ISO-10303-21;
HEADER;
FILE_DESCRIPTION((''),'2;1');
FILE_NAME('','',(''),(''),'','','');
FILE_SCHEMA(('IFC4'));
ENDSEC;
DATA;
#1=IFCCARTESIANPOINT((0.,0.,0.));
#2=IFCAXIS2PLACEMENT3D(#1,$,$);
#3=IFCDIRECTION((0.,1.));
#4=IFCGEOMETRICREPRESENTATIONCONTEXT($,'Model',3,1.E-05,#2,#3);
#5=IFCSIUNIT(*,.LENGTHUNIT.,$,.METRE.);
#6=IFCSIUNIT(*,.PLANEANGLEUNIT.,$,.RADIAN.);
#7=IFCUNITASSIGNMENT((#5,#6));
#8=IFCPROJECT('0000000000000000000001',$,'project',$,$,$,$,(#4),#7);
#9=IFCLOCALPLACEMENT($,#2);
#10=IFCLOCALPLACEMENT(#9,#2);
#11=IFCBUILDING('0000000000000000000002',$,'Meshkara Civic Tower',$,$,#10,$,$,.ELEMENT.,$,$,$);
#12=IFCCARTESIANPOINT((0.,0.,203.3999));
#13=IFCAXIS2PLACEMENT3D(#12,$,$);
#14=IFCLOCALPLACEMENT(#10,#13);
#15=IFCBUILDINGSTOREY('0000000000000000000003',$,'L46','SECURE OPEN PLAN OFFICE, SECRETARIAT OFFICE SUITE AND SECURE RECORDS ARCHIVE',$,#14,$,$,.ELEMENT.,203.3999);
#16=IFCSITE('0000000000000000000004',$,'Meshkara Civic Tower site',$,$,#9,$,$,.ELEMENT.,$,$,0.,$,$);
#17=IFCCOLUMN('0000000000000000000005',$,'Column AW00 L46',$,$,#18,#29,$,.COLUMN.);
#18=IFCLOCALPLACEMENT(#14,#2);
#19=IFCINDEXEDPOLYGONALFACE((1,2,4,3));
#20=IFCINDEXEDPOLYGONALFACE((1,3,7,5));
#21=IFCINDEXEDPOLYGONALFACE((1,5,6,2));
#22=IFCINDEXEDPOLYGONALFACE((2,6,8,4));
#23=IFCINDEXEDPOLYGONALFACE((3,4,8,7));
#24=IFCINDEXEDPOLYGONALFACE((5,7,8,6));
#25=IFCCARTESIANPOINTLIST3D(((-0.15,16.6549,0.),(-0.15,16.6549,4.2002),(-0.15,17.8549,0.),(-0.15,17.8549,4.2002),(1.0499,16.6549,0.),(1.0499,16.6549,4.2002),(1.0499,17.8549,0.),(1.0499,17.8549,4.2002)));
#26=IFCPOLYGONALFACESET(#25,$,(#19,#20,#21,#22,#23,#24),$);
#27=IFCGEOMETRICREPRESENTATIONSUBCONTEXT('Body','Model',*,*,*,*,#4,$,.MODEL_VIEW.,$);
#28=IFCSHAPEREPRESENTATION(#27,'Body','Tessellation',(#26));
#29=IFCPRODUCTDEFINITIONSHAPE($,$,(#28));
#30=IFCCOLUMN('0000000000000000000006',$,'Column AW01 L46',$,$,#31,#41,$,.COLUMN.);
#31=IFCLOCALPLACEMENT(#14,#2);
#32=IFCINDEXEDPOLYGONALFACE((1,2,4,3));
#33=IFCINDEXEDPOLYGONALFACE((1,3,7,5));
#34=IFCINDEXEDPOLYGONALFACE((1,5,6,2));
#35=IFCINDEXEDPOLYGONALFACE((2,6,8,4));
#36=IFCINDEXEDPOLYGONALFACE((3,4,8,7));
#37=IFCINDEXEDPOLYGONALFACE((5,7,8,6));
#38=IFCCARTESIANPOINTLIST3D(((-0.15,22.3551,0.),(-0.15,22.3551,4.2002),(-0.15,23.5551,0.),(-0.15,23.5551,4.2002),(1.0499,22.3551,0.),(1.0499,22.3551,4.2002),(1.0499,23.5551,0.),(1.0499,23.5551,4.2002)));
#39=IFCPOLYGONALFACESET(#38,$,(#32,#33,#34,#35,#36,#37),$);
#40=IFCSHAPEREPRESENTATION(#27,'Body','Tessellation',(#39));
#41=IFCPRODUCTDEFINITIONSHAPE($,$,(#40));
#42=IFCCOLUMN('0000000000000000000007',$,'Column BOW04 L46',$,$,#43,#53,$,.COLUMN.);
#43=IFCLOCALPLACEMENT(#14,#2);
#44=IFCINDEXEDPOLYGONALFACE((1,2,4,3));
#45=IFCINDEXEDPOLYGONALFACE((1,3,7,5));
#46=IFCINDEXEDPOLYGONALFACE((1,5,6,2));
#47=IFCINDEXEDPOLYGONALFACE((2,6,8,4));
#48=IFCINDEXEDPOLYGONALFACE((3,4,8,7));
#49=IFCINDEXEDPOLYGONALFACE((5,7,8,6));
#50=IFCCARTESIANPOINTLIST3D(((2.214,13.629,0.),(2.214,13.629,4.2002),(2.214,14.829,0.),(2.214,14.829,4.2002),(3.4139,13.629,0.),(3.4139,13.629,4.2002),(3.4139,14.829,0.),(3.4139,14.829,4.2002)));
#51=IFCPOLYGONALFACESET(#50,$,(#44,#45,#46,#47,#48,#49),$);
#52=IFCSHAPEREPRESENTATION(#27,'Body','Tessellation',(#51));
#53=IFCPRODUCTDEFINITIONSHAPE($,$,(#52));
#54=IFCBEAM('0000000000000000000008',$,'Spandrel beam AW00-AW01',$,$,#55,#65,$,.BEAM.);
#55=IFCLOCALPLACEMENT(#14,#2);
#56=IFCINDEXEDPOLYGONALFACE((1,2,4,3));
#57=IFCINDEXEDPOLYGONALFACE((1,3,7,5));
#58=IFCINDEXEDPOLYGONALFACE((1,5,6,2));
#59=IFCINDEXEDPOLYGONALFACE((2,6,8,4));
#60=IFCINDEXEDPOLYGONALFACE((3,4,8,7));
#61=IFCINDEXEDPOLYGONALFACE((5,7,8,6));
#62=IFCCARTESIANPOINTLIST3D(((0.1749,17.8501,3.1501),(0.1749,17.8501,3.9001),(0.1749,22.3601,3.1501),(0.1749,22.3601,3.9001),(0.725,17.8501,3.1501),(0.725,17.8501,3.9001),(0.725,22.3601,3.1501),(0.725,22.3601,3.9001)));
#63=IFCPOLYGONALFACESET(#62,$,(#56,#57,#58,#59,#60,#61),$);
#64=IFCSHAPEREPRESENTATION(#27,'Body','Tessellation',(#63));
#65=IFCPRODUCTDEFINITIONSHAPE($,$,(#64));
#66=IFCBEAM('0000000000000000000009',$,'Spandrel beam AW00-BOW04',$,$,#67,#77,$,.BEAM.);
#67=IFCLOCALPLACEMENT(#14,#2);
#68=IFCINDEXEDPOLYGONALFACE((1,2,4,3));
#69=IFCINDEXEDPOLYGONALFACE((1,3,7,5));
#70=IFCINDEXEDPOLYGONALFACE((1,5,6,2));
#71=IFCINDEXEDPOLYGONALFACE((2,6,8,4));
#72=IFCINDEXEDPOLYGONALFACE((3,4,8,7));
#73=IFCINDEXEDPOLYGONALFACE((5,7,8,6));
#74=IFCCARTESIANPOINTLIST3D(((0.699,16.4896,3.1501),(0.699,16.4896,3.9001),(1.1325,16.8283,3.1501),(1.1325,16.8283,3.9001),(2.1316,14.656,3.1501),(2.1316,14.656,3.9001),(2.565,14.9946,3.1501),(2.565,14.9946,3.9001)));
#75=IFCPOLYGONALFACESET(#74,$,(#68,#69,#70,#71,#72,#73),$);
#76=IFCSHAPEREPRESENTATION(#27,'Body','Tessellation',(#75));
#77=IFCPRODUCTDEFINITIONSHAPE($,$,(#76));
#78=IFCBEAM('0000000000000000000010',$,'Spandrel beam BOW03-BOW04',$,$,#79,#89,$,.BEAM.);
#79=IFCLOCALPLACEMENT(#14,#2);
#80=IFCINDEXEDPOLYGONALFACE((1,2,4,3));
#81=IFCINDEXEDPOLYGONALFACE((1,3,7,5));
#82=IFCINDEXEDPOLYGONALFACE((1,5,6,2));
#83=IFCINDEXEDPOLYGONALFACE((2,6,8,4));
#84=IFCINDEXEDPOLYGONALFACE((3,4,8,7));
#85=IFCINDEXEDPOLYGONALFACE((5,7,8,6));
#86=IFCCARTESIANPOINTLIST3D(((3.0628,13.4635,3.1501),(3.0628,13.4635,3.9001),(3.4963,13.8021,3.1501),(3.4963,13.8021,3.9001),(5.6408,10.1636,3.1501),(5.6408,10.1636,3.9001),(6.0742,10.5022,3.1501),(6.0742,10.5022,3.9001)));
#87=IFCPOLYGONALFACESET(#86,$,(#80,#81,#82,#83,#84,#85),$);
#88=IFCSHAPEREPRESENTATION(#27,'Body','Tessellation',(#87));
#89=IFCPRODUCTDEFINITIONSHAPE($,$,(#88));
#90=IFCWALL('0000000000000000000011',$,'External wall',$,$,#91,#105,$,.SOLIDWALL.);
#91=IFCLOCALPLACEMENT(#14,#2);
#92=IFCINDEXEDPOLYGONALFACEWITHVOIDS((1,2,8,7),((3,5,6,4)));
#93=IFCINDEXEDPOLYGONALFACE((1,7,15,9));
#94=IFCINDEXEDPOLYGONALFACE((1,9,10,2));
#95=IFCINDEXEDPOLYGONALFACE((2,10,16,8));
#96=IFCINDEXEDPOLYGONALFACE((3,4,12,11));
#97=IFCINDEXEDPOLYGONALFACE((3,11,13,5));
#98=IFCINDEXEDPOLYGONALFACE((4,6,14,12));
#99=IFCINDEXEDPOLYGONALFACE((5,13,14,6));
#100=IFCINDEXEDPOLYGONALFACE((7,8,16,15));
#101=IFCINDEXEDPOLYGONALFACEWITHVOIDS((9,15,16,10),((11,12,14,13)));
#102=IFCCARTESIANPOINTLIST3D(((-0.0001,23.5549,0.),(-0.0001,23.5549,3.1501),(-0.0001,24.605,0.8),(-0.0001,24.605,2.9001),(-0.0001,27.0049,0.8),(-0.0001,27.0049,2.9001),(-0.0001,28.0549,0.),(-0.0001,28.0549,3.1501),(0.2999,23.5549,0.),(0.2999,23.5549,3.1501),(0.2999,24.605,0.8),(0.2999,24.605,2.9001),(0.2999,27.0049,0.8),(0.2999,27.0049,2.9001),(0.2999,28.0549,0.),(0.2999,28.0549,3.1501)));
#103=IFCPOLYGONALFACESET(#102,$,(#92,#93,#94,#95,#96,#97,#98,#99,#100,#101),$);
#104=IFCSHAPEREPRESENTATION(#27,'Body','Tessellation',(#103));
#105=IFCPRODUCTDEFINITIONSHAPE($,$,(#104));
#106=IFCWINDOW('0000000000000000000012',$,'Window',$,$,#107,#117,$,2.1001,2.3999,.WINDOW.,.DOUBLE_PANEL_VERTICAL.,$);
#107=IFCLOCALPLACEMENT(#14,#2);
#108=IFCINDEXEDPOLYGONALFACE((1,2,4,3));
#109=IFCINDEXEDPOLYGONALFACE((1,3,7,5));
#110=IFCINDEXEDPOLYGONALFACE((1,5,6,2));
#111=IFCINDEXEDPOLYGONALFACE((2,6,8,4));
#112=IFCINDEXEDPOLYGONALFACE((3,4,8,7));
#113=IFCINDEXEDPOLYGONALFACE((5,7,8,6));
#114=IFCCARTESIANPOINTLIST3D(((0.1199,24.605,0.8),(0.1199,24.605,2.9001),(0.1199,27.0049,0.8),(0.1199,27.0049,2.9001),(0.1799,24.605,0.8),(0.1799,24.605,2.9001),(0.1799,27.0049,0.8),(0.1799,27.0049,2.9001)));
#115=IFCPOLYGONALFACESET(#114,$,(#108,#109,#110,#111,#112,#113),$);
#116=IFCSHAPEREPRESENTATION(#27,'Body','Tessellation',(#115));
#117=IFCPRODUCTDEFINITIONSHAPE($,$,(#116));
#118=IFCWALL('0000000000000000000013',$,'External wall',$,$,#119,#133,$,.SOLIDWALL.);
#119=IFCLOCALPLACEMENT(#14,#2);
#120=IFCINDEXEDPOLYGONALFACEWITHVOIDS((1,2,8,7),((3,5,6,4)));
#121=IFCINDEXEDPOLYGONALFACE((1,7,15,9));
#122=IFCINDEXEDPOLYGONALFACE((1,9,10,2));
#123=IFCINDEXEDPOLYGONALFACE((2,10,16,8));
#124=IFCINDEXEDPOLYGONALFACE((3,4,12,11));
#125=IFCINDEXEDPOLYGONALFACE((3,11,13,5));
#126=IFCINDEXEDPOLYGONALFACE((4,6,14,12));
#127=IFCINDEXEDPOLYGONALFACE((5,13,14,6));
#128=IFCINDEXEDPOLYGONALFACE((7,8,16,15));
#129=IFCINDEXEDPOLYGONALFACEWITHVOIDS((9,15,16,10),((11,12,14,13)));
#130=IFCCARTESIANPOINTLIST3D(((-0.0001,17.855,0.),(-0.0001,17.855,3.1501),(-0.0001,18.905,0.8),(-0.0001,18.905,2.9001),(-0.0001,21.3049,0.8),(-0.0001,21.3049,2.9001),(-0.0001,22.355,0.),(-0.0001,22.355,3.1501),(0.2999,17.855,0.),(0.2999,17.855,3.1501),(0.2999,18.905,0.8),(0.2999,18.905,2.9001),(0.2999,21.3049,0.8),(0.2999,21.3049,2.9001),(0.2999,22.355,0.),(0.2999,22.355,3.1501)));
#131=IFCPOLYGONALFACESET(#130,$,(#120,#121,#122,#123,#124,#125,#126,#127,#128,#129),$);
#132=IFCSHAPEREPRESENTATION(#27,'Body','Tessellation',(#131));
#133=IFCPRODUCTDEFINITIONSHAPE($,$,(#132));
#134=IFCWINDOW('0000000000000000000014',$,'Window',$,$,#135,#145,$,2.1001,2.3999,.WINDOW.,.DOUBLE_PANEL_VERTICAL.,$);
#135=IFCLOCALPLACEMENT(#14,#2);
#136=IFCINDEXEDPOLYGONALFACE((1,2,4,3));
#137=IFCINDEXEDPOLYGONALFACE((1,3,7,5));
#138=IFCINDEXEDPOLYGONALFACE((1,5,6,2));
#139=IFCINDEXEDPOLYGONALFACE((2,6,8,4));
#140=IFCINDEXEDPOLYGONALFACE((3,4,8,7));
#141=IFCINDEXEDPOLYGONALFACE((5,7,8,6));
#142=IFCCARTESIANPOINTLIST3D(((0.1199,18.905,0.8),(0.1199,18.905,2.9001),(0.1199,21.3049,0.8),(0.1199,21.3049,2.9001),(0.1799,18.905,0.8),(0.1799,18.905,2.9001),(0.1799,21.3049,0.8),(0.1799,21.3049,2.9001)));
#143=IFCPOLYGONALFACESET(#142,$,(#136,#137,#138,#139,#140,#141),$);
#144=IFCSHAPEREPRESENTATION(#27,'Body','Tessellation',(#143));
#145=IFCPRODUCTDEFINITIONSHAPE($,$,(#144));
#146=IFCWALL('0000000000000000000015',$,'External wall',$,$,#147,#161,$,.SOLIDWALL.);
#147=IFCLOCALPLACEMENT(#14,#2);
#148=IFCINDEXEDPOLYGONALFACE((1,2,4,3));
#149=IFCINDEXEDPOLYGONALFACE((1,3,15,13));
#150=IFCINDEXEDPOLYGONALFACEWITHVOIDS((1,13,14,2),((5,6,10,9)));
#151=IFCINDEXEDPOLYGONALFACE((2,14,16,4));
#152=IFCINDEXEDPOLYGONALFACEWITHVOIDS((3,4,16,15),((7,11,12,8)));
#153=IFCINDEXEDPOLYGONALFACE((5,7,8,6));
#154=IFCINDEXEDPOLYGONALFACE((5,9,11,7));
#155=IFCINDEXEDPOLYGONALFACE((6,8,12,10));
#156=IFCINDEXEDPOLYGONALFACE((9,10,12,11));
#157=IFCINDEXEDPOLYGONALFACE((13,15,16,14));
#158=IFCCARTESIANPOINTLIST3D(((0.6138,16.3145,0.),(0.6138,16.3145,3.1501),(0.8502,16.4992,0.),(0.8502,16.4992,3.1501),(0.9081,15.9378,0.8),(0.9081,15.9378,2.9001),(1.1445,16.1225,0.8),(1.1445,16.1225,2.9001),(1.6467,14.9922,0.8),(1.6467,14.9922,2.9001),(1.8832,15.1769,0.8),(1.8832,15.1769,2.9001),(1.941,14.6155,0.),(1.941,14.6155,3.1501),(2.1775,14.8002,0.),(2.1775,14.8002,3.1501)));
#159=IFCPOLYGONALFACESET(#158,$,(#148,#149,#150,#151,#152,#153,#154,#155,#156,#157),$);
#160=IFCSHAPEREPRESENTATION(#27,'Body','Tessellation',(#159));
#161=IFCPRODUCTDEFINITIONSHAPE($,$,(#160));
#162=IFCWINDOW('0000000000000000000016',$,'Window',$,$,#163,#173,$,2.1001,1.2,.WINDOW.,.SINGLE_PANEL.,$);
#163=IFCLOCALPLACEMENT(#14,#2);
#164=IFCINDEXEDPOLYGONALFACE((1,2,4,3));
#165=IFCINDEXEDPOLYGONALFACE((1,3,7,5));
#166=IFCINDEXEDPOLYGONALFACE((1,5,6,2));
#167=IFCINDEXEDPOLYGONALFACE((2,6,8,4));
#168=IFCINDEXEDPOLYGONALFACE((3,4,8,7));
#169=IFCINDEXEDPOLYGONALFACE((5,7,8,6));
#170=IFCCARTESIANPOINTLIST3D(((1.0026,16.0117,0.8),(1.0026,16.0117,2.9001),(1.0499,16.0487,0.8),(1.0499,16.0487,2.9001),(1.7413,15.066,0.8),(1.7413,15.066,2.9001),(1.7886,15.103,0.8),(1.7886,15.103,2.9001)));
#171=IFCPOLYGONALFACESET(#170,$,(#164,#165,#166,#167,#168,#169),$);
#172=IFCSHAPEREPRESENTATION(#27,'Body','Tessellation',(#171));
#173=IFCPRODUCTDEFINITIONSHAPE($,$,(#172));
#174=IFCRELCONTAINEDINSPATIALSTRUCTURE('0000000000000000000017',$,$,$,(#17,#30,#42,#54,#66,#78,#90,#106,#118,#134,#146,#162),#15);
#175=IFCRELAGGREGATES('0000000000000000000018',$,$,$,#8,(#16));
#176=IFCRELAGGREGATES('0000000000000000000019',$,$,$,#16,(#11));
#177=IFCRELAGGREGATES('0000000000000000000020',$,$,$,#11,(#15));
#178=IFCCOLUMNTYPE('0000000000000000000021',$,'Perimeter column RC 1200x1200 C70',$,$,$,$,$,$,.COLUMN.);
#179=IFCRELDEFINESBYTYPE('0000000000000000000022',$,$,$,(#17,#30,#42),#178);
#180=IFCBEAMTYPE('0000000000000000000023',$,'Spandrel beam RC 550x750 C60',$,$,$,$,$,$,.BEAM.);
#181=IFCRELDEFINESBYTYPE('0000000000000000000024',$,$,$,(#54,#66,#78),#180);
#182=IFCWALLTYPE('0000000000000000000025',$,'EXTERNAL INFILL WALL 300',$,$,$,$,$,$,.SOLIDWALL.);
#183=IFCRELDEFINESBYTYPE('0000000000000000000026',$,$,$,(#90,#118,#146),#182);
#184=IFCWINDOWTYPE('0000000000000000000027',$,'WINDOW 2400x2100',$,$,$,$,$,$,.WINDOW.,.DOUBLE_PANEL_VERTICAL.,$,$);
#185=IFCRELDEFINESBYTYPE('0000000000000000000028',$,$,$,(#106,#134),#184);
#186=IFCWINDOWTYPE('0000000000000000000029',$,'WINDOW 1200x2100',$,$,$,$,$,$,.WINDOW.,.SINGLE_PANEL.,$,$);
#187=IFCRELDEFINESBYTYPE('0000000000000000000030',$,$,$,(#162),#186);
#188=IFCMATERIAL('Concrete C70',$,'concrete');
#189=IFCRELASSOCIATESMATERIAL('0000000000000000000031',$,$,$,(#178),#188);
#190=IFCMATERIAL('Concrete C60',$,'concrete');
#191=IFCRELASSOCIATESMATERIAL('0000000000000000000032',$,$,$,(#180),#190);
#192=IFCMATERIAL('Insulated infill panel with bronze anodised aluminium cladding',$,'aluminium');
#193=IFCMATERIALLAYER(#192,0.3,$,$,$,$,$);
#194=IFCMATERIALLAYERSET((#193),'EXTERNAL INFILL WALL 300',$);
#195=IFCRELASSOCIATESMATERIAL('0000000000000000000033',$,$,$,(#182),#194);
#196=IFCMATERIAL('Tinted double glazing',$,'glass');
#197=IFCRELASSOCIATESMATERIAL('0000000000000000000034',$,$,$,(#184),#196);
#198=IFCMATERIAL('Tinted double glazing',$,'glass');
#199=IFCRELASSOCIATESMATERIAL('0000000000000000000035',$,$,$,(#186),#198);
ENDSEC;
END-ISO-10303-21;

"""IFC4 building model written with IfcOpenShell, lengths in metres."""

from ifc_helpers import new_model, si_unit, direction, frame, frame_2d, origin, origin_2d, place, context, subcontext, project, spatial, rectangle, extrude, material, layer, layer_set, material_profile, profile_set, type_object, element, fill, save


model = new_model("IFC4")

# Units and contexts
model_context = context("Model", 3, precision=1e-05, world=origin(), true_north=direction((0.0, 1.0)))
body_context = subcontext(model_context, "Body", "Model", "MODEL_VIEW")
ifc_project = project(units=[si_unit("LENGTHUNIT", "METRE"), si_unit("PLANEANGLEUNIT", "RADIAN")], contexts=[model_context])

# Site, building, storey
site_placement = place(None, origin())
site = spatial("IfcSite", under=ifc_project, at=site_placement, Name="Meshkara Civic Tower site", CompositionType="ELEMENT", RefElevation=0.0)
building_placement = place(site_placement, origin())
building = spatial("IfcBuilding", under=site, at=building_placement, Name="Meshkara Civic Tower", CompositionType="ELEMENT")
storey_placement = place(building_placement, frame((0.0, 0.0, 203.3999)))
storey = spatial("IfcBuildingStorey", under=building, at=storey_placement, Name="L46", Description="SECURE OPEN PLAN OFFICE, SECRETARIAT OFFICE SUITE AND SECURE RECORDS ARCHIVE", CompositionType="ELEMENT", Elevation=203.3999)

# Columns
ifc_material_1 = material(Name="Concrete C70", Category="concrete")
ifc_material_profile_1 = material_profile(ifc_material_1, rectangle(XDim=1.2, YDim=1.2, at=origin_2d()))
ifc_profile_set_1 = profile_set([ifc_material_profile_1], Name="Concrete C70")
column_type = type_object("IfcColumnType", Name="Perimeter column RC 1200x1200 C70", PredefinedType="COLUMN", material=ifc_profile_set_1)
for number, where, z_axis, x_axis, name in (
    (1, (0.45, 17.2549, 0.0), (0.0, 0.0, 1.0), (1.0, 0.0, 0.0), "Column AW00 L46"),
    (2, (0.45, 22.9551, 0.0), (0.0, 0.0, 1.0), (1.0, 0.0, 0.0), "Column AW01 L46"),
    (3, (2.814, 14.229, 0.0), (0.0, 0.0, 1.0), (1.0, 0.0, 0.0), "Column BOW04 L46"),
):
    element("IfcColumn", number, at=place(storey_placement, frame(where, z_axis=z_axis, x_axis=x_axis)), inside=storey, type_object=column_type, Name=name, PredefinedType="COLUMN", context=body_context, shape_type="SweptSolid", body=[
        extrude(rectangle(XDim=1.2, YDim=1.2, at=origin_2d()), origin(), (0.0, 0.0, 1.0), 4.2002),
    ])

# Beams
ifc_material_2 = material(Name="Concrete C60", Category="concrete")
ifc_material_profile_2 = material_profile(ifc_material_2, rectangle(XDim=0.55, YDim=0.75, at=origin_2d()))
ifc_profile_set_2 = profile_set([ifc_material_profile_2], Name="Concrete C60")
beam_type = type_object("IfcBeamType", Name="Spandrel beam RC 550x750 C60", PredefinedType="BEAM", material=ifc_profile_set_2)
beam_1_placement = place(storey_placement, frame((0.45, 22.3601, 3.5251), z_axis=(0.0, -1.0, 0.0), x_axis=(1.0, 0.0, 0.0)))
element("IfcBeam", 4, at=beam_1_placement, inside=storey, type_object=beam_type, Name="Spandrel beam AW00-AW01", PredefinedType="BEAM", context=body_context, shape_type="SweptSolid", body=[
    extrude(rectangle(XDim=0.55, YDim=0.75, at=origin_2d()), origin(), (0.0, 0.0, 1.0), 4.51),
])
beam_2_placement = place(storey_placement, frame((0.9158, 16.6589, 3.5251), z_axis=(0.615646, -0.788023, 0.0), x_axis=(0.788023, 0.615646, 0.0)))
element("IfcBeam", 5, at=beam_2_placement, inside=storey, type_object=beam_type, Name="Spandrel beam AW00-BOW04", PredefinedType="BEAM", context=body_context, shape_type="SweptSolid", body=[
    extrude(rectangle(XDim=0.55, YDim=0.75, at=origin_2d()), origin(), (0.0, 0.0, 1.0), 2.3269),
])
beam_3_placement = place(storey_placement, frame((3.2795, 13.6328, 3.5251), z_axis=(0.61563, -0.788035, 0.0), x_axis=(0.788035, 0.61563, 0.0)))
element("IfcBeam", 6, at=beam_3_placement, inside=storey, type_object=beam_type, Name="Spandrel beam BOW03-BOW04", PredefinedType="BEAM", context=body_context, shape_type="SweptSolid", body=[
    extrude(rectangle(XDim=0.55, YDim=0.75, at=origin_2d()), origin(), (0.0, 0.0, 1.0), 4.1875),
])

# Walls, openings, windows
ifc_material_3 = material(Name="Insulated infill panel with bronze anodised aluminium cladding", Category="aluminium")
ifc_layer = layer(ifc_material_3, 0.3)
ifc_layer_set = layer_set([ifc_layer], Name="EXTERNAL INFILL WALL 300")
wall_type = type_object("IfcWallType", Name="EXTERNAL INFILL WALL 300", PredefinedType="SOLIDWALL", material=ifc_layer_set)
wall_1_placement = place(storey_placement, frame((0.1499, 28.0549, 0.0), z_axis=(0.0, 0.0, 1.0), x_axis=(0.0, -1.0, 0.0)))
wall_1 = element("IfcWall", 7, at=wall_1_placement, inside=storey, type_object=wall_type, Name="External wall", PredefinedType="SOLIDWALL", context=body_context, shape_type="SweptSolid", body=[
    extrude(rectangle(XDim=4.5, YDim=0.3, at=frame_2d((2.25, 0.0))), origin(), (0.0, 0.0, 1.0), 3.1501),
])
opening_1_placement = place(wall_1_placement, frame((1.05, 0.0, 0.8)))
opening_1 = element("IfcOpeningElement", 8, at=opening_1_placement, cuts=wall_1, PredefinedType="OPENING", context=body_context, shape_type="SweptSolid", body=[
    extrude(rectangle(XDim=2.3999, YDim=2.1001, at=frame_2d((1.2, 1.05))), frame((0.0, 0.1599, 0.0), z_axis=(0.0, -1.0, 0.0), x_axis=(1.0, 0.0, 0.0)), (0.0, 0.0, 1.0), 0.3201),
])
ifc_material_4 = material(Name="Tinted double glazing", Category="glass")
window_type_1 = type_object("IfcWindowType", Name="WINDOW 2400x2100", PartitioningType="DOUBLE_PANEL_VERTICAL", PredefinedType="WINDOW", material=ifc_material_4)
window_1_placement = place(opening_1_placement, origin())
window_1 = element("IfcWindow", 9, at=window_1_placement, inside=storey, type_object=window_type_1, Name="Window", OverallHeight=2.1001, OverallWidth=2.3999, PartitioningType="DOUBLE_PANEL_VERTICAL", PredefinedType="WINDOW", context=body_context, shape_type="SweptSolid", body=[
    extrude(rectangle(XDim=2.3999, YDim=2.1001, at=frame_2d((1.2, 1.05))), frame((0.0, 0.03, 0.0), z_axis=(0.0, -1.0, 0.0), x_axis=(1.0, 0.0, 0.0)), (0.0, 0.0, 1.0), 0.0601),
])
fill(opening_1, window_1)
wall_2_placement = place(storey_placement, frame((0.1499, 22.355, 0.0), z_axis=(0.0, 0.0, 1.0), x_axis=(0.0, -1.0, 0.0)))
wall_2 = element("IfcWall", 10, at=wall_2_placement, inside=storey, type_object=wall_type, Name="External wall", PredefinedType="SOLIDWALL", context=body_context, shape_type="SweptSolid", body=[
    extrude(rectangle(XDim=4.5, YDim=0.3, at=frame_2d((2.25, 0.0))), origin(), (0.0, 0.0, 1.0), 3.1501),
])
opening_2_placement = place(wall_2_placement, frame((1.05, 0.0, 0.8)))
opening_2 = element("IfcOpeningElement", 11, at=opening_2_placement, cuts=wall_2, PredefinedType="OPENING", context=body_context, shape_type="SweptSolid", body=[
    extrude(rectangle(XDim=2.3999, YDim=2.1001, at=frame_2d((1.2, 1.05))), frame((0.0, 0.1599, 0.0), z_axis=(0.0, -1.0, 0.0), x_axis=(1.0, 0.0, 0.0)), (0.0, 0.0, 1.0), 0.3201),
])
window_2_placement = place(opening_2_placement, origin())
window_2 = element("IfcWindow", 12, at=window_2_placement, inside=storey, type_object=window_type_1, Name="Window", OverallHeight=2.1001, OverallWidth=2.3999, PartitioningType="DOUBLE_PANEL_VERTICAL", PredefinedType="WINDOW", context=body_context, shape_type="SweptSolid", body=[
    extrude(rectangle(XDim=2.3999, YDim=2.1001, at=frame_2d((1.2, 1.05))), frame((0.0, 0.03, 0.0), z_axis=(0.0, -1.0, 0.0), x_axis=(1.0, 0.0, 0.0)), (0.0, 0.0, 1.0), 0.0601),
])
fill(opening_2, window_2)
wall_3_placement = place(storey_placement, frame((0.7319, 16.407, 0.0), z_axis=(0.0, 0.0, 1.0), x_axis=(0.615593, -0.788064, 0.0)))
wall_3 = element("IfcWall", 13, at=wall_3_placement, inside=storey, type_object=wall_type, Name="External wall", PredefinedType="SOLIDWALL", context=body_context, shape_type="SweptSolid", body=[
    extrude(rectangle(XDim=2.156, YDim=0.3, at=frame_2d((1.0781, 0.0))), origin(), (0.0, 0.0, 1.0), 3.1501),
])
opening_3_placement = place(wall_3_placement, frame((0.478, 0.0, 0.8)))
opening_3 = element("IfcOpeningElement", 14, at=opening_3_placement, cuts=wall_3, PredefinedType="OPENING", context=body_context, shape_type="SweptSolid", body=[
    extrude(rectangle(XDim=1.2, YDim=2.1001, at=frame_2d((0.6001, 1.05))), frame((0.0, 0.1599, 0.0), z_axis=(0.0, -1.0, 0.0), x_axis=(1.0, 0.0, 0.0)), (0.0, 0.0, 1.0), 0.3201),
])
ifc_material_5 = material(Name="Tinted double glazing", Category="glass")
window_type_2 = type_object("IfcWindowType", Name="WINDOW 1200x2100", PartitioningType="SINGLE_PANEL", PredefinedType="WINDOW", material=ifc_material_5)
window_3_placement = place(opening_3_placement, origin())
window_3 = element("IfcWindow", 15, at=window_3_placement, inside=storey, type_object=window_type_2, Name="Window", OverallHeight=2.1001, OverallWidth=1.2, PartitioningType="SINGLE_PANEL", PredefinedType="WINDOW", context=body_context, shape_type="SweptSolid", body=[
    extrude(rectangle(XDim=1.2, YDim=2.1001, at=frame_2d((0.6001, 1.05))), frame((0.0, 0.03, 0.0), z_axis=(0.0, -1.0, 0.0), x_axis=(1.0, 0.0, 0.0)), (0.0, 0.0, 1.0), 0.0601),
])
fill(opening_3, window_3)

save(model, "model.ifc")
